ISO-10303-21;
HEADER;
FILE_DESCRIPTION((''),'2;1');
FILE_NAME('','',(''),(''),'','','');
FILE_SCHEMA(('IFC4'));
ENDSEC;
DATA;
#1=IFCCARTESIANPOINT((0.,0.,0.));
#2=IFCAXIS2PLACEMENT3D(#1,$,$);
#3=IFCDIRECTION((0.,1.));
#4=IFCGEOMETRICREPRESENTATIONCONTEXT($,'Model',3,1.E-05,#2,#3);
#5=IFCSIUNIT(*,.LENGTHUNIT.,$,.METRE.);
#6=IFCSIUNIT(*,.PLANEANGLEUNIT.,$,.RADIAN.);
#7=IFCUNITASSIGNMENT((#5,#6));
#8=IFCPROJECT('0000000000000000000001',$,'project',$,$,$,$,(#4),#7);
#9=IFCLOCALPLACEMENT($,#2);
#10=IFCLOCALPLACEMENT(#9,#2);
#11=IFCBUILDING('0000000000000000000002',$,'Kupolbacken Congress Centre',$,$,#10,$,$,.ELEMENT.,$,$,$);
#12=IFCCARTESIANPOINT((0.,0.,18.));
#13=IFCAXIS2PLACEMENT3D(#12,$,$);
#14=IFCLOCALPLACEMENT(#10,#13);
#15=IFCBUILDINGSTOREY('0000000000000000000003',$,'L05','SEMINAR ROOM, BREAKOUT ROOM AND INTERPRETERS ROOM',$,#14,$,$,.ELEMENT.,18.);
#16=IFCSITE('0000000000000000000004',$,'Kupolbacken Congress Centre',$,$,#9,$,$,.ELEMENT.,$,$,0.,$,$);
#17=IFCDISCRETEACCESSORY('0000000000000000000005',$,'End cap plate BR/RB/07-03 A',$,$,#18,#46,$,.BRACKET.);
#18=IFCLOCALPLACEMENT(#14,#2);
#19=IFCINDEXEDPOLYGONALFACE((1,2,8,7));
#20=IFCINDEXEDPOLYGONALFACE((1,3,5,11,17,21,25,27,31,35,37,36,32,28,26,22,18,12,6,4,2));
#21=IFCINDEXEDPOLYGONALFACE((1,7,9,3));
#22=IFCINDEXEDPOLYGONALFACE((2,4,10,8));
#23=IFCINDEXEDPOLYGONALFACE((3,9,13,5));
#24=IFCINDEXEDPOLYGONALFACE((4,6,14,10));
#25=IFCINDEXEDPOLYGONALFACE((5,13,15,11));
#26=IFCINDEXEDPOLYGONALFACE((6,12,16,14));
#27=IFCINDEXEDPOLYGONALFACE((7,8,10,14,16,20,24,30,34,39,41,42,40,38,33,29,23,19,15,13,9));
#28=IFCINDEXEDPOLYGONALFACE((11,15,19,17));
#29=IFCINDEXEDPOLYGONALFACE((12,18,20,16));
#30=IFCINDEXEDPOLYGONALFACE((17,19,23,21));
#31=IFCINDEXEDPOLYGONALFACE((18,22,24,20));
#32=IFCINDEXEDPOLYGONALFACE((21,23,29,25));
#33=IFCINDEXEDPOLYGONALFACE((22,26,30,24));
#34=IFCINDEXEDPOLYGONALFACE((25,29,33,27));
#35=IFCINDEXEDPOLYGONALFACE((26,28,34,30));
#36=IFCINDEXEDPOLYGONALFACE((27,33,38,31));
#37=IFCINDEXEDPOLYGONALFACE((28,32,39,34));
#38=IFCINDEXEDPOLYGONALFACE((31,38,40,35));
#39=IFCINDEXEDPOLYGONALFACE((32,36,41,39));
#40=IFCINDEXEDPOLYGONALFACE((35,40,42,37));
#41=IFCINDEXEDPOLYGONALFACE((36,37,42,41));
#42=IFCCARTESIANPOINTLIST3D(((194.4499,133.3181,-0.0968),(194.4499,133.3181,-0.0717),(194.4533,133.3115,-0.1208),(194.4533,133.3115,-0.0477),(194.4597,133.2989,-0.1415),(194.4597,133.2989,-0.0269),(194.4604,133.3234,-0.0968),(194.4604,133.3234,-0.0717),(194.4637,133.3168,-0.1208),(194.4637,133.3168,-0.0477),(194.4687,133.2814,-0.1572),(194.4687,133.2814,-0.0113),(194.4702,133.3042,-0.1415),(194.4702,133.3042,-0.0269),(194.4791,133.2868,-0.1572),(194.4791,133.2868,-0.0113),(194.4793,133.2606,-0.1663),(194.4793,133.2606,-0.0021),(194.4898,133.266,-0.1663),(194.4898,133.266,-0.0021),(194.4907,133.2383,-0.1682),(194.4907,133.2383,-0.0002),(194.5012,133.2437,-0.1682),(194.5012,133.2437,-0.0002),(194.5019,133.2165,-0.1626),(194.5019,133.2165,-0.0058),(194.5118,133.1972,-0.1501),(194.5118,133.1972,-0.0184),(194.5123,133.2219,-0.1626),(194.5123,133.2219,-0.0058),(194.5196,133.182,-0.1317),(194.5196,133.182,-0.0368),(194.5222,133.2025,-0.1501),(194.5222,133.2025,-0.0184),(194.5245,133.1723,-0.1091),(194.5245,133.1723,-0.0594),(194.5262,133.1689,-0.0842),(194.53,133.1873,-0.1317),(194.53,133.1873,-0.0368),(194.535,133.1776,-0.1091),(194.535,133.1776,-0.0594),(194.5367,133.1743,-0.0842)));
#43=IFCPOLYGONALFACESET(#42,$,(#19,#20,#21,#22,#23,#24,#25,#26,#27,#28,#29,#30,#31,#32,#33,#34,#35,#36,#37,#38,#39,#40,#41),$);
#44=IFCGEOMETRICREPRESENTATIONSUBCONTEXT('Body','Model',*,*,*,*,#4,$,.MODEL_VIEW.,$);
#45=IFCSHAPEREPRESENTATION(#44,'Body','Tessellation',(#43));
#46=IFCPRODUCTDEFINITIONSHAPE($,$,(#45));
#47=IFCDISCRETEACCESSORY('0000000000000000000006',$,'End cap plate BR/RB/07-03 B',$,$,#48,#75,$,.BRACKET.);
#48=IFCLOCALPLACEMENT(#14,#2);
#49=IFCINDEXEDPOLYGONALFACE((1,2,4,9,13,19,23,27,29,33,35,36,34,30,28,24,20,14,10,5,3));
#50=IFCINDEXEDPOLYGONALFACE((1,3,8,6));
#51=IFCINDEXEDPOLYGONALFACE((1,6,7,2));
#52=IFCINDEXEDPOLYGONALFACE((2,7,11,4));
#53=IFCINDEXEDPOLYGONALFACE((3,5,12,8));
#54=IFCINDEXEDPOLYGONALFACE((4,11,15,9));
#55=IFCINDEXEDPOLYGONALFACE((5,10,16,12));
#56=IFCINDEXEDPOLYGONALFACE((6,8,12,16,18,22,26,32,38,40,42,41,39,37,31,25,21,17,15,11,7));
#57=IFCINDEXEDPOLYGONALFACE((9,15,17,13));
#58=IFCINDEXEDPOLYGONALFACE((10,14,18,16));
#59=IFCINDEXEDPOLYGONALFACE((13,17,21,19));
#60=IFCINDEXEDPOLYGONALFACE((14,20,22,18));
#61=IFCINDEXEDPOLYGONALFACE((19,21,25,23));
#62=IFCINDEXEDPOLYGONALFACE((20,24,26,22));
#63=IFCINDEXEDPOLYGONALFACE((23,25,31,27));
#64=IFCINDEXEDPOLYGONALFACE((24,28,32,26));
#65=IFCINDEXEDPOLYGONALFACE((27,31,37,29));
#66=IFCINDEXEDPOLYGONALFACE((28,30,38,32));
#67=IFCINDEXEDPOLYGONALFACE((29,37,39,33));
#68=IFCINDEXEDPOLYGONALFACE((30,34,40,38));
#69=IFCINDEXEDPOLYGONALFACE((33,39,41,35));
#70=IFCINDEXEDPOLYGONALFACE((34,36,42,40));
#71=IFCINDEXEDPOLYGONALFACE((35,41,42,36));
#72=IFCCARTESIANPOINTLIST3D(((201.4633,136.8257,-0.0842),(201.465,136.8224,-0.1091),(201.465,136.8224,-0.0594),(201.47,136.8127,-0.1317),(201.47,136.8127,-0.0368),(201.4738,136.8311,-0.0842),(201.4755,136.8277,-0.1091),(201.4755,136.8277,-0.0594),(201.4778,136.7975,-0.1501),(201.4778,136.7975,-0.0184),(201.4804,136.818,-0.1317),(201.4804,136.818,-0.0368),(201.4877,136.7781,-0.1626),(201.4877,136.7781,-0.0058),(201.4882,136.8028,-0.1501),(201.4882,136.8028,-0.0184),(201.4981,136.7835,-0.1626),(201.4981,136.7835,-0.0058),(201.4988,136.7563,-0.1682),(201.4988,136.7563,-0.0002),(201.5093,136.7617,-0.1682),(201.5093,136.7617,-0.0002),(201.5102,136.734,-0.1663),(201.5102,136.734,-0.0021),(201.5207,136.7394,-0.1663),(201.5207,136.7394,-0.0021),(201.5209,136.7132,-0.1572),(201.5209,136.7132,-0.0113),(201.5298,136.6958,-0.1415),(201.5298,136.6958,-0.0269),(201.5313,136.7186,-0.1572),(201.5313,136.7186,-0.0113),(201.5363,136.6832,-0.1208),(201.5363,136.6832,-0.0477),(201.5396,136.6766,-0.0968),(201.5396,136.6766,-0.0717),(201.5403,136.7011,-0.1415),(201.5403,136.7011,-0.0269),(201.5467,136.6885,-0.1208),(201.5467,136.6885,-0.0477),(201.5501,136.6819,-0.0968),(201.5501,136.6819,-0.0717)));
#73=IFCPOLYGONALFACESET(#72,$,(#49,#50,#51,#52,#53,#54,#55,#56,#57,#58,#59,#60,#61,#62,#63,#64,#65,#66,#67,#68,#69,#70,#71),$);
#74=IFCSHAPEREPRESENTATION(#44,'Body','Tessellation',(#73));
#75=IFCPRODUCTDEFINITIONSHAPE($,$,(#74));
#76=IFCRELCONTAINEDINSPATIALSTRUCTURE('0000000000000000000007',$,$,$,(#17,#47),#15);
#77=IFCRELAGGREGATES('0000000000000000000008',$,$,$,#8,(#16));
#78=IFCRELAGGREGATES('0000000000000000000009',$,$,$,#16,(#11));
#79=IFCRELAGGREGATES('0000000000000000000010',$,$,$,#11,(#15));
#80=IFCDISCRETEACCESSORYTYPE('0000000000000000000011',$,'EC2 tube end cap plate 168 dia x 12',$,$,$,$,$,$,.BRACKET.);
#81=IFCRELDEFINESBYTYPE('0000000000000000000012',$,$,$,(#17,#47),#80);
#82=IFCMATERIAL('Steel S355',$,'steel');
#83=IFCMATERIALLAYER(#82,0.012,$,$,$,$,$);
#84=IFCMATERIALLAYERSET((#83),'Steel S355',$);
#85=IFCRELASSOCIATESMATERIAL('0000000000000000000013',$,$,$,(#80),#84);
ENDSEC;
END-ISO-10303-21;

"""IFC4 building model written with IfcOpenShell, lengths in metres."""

from ifc_helpers import new_model, si_unit, direction, frame, origin, origin_2d, place, context, subcontext, project, spatial, circle, extrude, material, layer, layer_set, type_object, element, save


model = new_model("IFC4")

# Units and contexts
model_context = context("Model", 3, precision=1e-05, world=origin(), true_north=direction((0.0, 1.0)))
body_context = subcontext(model_context, "Body", "Model", "MODEL_VIEW")
ifc_project = project(units=[si_unit("LENGTHUNIT", "METRE"), si_unit("PLANEANGLEUNIT", "RADIAN")], contexts=[model_context])

# Site, building, storey
site_placement = place(None, origin())
site = spatial("IfcSite", under=ifc_project, at=site_placement, Name="Kupolbacken Congress Centre", CompositionType="ELEMENT", RefElevation=0.0)
building_placement = place(site_placement, origin())
building = spatial("IfcBuilding", under=site, at=building_placement, Name="Kupolbacken Congress Centre", CompositionType="ELEMENT")
storey_placement = place(building_placement, frame((0.0, 0.0, 18.0)))
storey = spatial("IfcBuildingStorey", under=building, at=storey_placement, Name="L05", Description="SEMINAR ROOM, BREAKOUT ROOM AND INTERPRETERS ROOM", CompositionType="ELEMENT", Elevation=18.0)

# Discrete accessories
ifc_material_1 = material(Name="Steel S355", Category="steel")
ifc_layer_1 = layer(ifc_material_1, 0.012)
ifc_layer_set_1 = layer_set([ifc_layer_1], Name="Steel S355")
discrete_accessory_type = type_object("IfcDiscreteAccessoryType", Name="EC2 tube end cap plate 168 dia x 12", PredefinedType="BRACKET", material=ifc_layer_set_1)
for number, where, z_axis, x_axis, name in (
    (1, (194.4983, 133.2493, -0.0842), (-0.890248, -0.455476, 0.0), (0.455476, -0.890248, 0.0), "End cap plate BR/RB/07-03 A"),
    (2, (201.5017, 136.7507, -0.0842), (0.890248, 0.455476, 0.0), (-0.455476, 0.890248, 0.0), "End cap plate BR/RB/07-03 B"),
):
    element("IfcDiscreteAccessory", number, at=place(storey_placement, frame(where, z_axis=z_axis, x_axis=x_axis)), inside=storey, type_object=discrete_accessory_type, Name=name, PredefinedType="BRACKET", context=body_context, shape_type="SweptSolid", body=[
        extrude(circle(Radius=0.0842, at=origin_2d()), origin(), (0.0, 0.0, 1.0), 0.0117),
    ])

save(model, "model.ifc")
